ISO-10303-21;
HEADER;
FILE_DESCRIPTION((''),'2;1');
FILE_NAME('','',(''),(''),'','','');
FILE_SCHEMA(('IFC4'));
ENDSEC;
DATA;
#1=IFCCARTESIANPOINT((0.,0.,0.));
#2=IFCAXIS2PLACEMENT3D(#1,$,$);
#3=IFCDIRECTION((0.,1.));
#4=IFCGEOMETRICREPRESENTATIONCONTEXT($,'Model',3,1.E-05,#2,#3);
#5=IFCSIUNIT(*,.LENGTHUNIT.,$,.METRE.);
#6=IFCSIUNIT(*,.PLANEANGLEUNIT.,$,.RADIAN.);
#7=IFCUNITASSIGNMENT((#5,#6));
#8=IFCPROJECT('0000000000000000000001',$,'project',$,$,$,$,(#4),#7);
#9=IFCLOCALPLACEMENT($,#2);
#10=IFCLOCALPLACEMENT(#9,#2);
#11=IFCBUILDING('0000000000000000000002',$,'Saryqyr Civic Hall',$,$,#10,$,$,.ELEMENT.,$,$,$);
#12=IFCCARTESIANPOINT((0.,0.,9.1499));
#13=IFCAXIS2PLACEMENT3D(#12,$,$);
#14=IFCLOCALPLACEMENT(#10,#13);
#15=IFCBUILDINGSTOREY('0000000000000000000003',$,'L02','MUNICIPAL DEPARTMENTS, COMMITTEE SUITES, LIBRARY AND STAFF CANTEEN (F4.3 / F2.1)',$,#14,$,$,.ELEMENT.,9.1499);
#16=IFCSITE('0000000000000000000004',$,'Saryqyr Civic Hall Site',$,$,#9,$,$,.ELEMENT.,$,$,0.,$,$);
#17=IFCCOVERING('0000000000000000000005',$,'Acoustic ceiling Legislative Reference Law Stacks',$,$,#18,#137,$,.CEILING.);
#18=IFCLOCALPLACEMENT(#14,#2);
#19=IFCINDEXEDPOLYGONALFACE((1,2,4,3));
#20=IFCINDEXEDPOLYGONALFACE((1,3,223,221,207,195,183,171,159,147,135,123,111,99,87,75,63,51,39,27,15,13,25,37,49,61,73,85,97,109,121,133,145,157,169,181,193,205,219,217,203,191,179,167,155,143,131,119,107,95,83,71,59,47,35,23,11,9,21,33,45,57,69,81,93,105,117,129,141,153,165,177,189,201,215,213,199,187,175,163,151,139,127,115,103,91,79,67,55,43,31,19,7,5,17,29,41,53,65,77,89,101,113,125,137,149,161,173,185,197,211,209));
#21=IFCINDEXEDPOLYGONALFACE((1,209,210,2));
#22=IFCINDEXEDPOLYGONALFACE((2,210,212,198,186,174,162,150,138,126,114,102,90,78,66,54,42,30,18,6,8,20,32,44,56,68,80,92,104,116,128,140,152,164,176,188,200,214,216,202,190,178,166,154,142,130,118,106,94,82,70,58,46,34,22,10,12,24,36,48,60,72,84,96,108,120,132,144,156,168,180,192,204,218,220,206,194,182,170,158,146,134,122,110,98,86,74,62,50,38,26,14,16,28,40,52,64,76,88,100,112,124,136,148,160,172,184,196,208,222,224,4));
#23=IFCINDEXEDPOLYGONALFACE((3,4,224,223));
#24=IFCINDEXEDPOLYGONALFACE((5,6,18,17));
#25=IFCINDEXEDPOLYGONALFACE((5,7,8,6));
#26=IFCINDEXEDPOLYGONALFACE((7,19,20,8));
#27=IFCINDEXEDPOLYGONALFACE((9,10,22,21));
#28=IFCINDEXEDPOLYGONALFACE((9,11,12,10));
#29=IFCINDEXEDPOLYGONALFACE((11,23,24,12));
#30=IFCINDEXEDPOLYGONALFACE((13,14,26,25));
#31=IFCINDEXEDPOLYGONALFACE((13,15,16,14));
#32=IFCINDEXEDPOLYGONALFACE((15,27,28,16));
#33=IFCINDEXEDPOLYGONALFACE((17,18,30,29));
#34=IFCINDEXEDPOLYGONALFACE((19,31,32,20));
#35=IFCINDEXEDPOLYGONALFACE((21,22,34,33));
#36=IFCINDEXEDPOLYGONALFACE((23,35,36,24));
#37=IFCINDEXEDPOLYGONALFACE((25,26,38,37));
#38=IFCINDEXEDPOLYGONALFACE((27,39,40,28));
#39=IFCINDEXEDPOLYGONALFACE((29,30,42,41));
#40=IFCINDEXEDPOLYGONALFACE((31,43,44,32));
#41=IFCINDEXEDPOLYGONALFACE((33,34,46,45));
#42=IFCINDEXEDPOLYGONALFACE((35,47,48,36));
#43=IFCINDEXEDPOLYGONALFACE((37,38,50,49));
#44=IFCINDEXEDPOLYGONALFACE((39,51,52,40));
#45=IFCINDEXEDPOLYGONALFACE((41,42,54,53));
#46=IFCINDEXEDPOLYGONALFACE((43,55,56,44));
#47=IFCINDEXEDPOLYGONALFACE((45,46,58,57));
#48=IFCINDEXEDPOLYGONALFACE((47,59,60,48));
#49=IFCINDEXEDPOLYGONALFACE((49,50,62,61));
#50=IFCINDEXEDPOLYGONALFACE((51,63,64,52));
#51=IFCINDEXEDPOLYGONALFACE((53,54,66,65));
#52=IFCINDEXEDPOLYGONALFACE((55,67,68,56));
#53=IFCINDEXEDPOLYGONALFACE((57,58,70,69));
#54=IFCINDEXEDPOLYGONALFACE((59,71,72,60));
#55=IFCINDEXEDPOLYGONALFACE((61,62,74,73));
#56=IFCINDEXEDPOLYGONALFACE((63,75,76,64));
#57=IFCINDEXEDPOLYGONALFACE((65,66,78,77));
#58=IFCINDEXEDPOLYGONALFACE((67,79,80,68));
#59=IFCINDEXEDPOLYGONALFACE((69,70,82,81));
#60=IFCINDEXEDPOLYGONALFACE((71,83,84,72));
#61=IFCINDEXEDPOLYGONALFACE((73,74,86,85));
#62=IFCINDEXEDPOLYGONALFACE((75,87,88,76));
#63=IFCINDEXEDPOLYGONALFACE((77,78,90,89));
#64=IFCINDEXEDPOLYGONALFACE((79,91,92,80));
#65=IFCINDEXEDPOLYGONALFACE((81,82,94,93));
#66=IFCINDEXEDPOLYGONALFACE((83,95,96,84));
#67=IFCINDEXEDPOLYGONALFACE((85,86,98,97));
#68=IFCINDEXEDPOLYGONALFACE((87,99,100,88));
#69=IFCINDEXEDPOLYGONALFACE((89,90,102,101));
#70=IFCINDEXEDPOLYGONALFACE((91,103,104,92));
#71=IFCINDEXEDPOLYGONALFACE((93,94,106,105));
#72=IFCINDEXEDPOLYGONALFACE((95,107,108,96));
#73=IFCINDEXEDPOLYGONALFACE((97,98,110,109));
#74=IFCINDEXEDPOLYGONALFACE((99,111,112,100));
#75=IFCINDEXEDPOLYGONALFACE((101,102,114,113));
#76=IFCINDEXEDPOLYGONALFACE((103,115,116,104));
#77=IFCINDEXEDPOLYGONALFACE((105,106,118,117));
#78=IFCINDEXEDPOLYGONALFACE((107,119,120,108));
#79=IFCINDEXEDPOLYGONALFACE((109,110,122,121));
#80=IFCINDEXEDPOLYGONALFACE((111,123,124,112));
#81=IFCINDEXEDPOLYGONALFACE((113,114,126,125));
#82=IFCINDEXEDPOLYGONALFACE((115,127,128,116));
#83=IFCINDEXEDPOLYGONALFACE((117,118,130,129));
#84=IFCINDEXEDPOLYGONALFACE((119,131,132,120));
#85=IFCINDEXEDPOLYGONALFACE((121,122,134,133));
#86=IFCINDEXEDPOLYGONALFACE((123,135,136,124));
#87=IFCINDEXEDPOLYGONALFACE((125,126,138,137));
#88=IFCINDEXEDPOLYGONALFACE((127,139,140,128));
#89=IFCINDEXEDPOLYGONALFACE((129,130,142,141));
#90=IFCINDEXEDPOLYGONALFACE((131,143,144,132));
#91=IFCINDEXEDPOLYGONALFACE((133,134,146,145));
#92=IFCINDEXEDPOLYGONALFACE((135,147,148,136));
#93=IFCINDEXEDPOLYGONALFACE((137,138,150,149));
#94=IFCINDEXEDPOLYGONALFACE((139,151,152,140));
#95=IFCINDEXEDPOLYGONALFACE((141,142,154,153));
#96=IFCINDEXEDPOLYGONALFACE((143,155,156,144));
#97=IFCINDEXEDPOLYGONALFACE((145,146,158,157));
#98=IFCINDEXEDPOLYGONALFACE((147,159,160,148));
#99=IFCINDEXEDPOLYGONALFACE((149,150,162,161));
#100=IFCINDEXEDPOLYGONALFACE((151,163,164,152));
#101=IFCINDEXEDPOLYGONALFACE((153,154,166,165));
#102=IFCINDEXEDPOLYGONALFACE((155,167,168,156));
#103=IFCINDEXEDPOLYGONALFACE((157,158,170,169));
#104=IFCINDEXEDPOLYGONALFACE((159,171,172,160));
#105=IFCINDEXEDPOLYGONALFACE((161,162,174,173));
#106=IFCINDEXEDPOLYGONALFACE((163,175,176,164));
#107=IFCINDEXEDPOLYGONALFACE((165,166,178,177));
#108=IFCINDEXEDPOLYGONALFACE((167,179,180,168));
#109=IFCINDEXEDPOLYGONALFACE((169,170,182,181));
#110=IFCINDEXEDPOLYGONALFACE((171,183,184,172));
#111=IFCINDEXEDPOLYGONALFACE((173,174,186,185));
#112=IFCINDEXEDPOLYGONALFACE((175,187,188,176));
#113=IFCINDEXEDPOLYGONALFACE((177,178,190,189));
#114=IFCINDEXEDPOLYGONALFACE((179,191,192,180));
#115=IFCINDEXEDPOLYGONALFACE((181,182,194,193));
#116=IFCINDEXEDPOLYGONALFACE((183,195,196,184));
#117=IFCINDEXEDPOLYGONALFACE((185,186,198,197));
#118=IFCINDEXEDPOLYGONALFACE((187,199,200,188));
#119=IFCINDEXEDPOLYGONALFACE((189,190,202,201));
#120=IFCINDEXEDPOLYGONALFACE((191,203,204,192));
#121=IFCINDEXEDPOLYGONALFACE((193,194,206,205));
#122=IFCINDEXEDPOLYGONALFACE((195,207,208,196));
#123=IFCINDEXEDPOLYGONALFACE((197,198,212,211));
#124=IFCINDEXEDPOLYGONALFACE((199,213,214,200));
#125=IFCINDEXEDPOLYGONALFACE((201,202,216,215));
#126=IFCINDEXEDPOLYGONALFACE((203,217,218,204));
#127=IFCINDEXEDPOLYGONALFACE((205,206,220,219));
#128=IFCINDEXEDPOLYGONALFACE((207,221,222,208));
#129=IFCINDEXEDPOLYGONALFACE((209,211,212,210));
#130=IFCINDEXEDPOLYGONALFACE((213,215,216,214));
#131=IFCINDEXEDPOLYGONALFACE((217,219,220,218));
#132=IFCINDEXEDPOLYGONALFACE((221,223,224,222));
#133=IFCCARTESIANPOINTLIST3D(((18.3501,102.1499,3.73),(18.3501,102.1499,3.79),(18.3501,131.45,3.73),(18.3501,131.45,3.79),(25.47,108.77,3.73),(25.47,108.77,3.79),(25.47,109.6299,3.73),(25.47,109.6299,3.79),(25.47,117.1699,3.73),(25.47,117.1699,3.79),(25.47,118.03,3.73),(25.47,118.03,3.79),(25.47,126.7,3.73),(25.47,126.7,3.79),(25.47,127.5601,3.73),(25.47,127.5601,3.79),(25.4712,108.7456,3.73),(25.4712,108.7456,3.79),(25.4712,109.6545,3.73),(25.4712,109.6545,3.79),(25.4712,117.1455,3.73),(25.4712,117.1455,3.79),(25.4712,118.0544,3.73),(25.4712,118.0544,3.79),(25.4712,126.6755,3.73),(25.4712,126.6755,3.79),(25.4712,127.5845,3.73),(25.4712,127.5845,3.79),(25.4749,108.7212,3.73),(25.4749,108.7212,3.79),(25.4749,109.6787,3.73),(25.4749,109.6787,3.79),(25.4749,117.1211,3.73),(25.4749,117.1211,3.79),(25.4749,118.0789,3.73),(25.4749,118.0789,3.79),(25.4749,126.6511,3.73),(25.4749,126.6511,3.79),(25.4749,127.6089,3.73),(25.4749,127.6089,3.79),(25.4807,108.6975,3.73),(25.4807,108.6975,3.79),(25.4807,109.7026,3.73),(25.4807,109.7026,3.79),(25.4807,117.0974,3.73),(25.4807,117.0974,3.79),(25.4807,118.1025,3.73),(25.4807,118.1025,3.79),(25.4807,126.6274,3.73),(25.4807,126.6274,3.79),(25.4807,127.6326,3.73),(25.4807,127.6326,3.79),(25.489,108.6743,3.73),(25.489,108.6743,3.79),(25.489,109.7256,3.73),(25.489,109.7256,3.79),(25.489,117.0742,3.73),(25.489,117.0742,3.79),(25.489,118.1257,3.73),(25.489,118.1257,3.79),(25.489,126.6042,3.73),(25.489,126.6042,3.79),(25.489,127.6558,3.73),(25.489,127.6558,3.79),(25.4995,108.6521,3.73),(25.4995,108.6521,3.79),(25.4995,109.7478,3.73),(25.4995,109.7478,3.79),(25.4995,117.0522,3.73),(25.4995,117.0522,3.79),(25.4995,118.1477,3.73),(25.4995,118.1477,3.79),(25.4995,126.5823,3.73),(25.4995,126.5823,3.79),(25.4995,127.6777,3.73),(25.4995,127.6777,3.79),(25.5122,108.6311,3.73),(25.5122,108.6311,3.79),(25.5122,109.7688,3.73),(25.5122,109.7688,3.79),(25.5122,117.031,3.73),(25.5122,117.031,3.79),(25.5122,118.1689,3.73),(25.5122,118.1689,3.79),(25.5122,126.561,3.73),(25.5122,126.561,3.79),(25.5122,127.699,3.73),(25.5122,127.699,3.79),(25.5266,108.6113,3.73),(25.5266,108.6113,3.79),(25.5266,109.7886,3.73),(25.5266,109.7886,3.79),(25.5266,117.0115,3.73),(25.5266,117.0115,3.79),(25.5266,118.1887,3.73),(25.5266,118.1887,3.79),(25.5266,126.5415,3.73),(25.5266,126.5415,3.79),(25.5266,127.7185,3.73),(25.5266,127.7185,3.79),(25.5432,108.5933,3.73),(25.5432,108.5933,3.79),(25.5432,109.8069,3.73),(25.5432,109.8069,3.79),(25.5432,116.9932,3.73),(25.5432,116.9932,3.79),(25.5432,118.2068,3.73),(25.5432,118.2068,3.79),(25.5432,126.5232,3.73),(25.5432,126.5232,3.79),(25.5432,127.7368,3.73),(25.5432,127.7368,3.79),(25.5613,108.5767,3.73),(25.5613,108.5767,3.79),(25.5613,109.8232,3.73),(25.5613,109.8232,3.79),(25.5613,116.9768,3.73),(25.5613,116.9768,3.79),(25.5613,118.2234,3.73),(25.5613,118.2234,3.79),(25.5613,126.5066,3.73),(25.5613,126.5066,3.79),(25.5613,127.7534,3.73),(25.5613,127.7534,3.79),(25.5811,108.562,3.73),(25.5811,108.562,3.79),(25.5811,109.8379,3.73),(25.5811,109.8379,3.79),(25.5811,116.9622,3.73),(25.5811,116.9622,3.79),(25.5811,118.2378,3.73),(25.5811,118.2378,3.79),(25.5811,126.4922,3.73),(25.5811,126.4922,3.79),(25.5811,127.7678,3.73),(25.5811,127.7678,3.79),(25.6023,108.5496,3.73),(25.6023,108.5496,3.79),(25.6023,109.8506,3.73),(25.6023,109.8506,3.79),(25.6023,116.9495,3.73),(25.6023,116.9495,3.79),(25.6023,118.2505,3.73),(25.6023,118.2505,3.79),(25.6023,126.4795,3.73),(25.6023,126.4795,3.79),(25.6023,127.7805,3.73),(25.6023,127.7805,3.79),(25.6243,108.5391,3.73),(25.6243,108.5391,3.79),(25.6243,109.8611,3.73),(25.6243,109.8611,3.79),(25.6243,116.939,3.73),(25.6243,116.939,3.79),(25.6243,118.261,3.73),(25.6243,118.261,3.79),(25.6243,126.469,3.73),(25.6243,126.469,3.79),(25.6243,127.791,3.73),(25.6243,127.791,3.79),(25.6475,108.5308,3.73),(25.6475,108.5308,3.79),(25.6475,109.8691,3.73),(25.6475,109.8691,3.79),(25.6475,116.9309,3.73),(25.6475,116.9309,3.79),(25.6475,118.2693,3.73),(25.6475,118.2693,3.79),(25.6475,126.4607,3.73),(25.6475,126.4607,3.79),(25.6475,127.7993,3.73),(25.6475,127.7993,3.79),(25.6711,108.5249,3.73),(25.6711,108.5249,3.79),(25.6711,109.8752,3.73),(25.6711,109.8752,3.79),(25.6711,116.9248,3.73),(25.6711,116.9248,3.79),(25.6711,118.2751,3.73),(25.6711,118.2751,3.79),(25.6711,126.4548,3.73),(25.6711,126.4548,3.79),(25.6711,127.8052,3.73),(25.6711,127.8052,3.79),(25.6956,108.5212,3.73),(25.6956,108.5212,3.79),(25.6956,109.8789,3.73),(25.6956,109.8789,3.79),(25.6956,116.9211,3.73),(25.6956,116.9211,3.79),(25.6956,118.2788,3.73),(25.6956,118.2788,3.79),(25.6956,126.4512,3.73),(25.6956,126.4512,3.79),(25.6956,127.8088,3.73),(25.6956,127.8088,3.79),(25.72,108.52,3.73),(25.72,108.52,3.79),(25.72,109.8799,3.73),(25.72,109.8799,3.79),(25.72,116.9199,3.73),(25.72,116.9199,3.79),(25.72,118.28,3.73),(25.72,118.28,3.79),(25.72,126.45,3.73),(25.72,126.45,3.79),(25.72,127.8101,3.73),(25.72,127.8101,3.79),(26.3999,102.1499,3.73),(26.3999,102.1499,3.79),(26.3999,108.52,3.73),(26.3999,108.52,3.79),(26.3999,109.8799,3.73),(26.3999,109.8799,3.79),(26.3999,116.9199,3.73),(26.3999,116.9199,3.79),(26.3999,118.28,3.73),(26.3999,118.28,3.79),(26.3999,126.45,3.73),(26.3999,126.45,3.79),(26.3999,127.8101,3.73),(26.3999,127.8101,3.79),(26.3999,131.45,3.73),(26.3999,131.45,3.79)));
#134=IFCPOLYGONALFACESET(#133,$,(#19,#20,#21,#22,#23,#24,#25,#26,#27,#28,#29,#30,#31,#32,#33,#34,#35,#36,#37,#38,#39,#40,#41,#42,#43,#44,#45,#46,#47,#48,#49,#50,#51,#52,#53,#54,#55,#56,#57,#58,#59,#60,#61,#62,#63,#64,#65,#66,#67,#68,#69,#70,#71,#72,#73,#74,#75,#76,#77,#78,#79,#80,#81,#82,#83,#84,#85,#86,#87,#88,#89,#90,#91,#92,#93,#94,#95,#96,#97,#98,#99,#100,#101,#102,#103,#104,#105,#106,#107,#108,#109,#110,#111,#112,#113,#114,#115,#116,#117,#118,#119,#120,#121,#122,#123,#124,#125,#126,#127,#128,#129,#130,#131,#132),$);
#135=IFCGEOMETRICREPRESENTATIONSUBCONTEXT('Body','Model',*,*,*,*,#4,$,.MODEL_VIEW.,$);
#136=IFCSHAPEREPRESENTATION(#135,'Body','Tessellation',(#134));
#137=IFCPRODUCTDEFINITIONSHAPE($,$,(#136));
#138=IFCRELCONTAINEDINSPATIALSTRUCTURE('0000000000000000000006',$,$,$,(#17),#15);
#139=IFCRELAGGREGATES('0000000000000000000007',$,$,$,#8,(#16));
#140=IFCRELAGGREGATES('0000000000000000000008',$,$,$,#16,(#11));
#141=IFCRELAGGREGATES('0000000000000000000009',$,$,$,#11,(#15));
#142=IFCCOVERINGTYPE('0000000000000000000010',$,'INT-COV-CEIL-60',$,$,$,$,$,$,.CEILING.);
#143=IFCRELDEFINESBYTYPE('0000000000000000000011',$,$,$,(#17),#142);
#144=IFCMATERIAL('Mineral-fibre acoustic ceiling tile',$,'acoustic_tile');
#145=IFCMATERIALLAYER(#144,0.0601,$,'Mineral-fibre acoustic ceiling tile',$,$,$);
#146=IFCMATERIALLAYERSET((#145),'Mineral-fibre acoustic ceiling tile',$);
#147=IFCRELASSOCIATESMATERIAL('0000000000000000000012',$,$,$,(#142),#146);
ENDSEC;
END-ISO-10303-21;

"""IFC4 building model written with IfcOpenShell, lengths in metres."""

from ifc_helpers import new_model, si_unit, direction, frame, origin, place, context, subcontext, project, spatial, polyline, outline, extrude, material, layer, layer_set, type_object, element, save


model = new_model("IFC4")

# Units and contexts
model_context = context("Model", 3, precision=1e-05, world=origin(), true_north=direction((0.0, 1.0)))
body_context = subcontext(model_context, "Body", "Model", "MODEL_VIEW")
ifc_project = project(units=[si_unit("LENGTHUNIT", "METRE"), si_unit("PLANEANGLEUNIT", "RADIAN")], contexts=[model_context])

# Site, building, storey
site_placement = place(None, origin())
site = spatial("IfcSite", under=ifc_project, at=site_placement, Name="Saryqyr Civic Hall Site", CompositionType="ELEMENT", RefElevation=0.0)
building_placement = place(site_placement, origin())
building = spatial("IfcBuilding", under=site, at=building_placement, Name="Saryqyr Civic Hall", CompositionType="ELEMENT")
storey_placement = place(building_placement, frame((0.0, 0.0, 9.1499)))
storey = spatial("IfcBuildingStorey", under=building, at=storey_placement, Name="L02", Description="MUNICIPAL DEPARTMENTS, COMMITTEE SUITES, LIBRARY AND STAFF CANTEEN (F4.3 / F2.1)", CompositionType="ELEMENT", Elevation=9.1499)

# Covering
ifc_material_1 = material(Name="Mineral-fibre acoustic ceiling tile", Category="acoustic_tile")
ifc_layer_1 = layer(ifc_material_1, 0.0601, Name="Mineral-fibre acoustic ceiling tile")
ifc_layer_set_1 = layer_set([ifc_layer_1], Name="Mineral-fibre acoustic ceiling tile")
covering_type = type_object("IfcCoveringType", Name="INT-COV-CEIL-60", PredefinedType="CEILING", material=ifc_layer_set_1)
covering_1_placement = place(storey_placement, frame((0.0, 0.0, 3.73)))
element("IfcCovering", 1, at=covering_1_placement, inside=storey, type_object=covering_type, Name="Acoustic ceiling Legislative Reference Law Stacks", PredefinedType="CEILING", context=body_context, shape_type="SweptSolid", body=[
    extrude(outline(polyline([(18.3501, 102.1499), (18.3501, 131.45), (26.3999, 131.45), (26.3999, 127.8101), (25.72, 127.8101), (25.6956, 127.8088), (25.6711, 127.8052), (25.6475, 127.7993), (25.6243, 127.791), (25.6023, 127.7805), (25.5811, 127.7678), (25.5613, 127.7534), (25.5432, 127.7368), (25.5266, 127.7185), (25.5122, 127.699), (25.4995, 127.6777), (25.489, 127.6558), (25.4807, 127.6326), (25.4749, 127.6089), (25.4712, 127.5845), (25.47, 127.5601), (25.47, 126.7), (25.4712, 126.6755), (25.4749, 126.6511), (25.4807, 126.6274), (25.489, 126.6042), (25.4995, 126.5823), (25.5122, 126.561), (25.5266, 126.5415), (25.5432, 126.5232), (25.5613, 126.5066), (25.5811, 126.4922), (25.6023, 126.4795), (25.6243, 126.469), (25.6475, 126.4607), (25.6711, 126.4548), (25.6956, 126.4512), (25.72, 126.45), (26.3999, 126.45), (26.3999, 118.28), (25.72, 118.28), (25.6956, 118.2788), (25.6711, 118.2751), (25.6475, 118.2693), (25.6243, 118.261), (25.6023, 118.2505), (25.5811, 118.2378), (25.5613, 118.2234), (25.5432, 118.2068), (25.5266, 118.1887), (25.5122, 118.1689), (25.4995, 118.1477), (25.489, 118.1257), (25.4807, 118.1025), (25.4749, 118.0789), (25.4712, 118.0544), (25.47, 118.03), (25.47, 117.1699), (25.4712, 117.1455), (25.4749, 117.1211), (25.4807, 117.0974), (25.489, 117.0742), (25.4995, 117.0522), (25.5122, 117.031), (25.5266, 117.0115), (25.5432, 116.9932), (25.5613, 116.9768), (25.5811, 116.9622), (25.6023, 116.9495), (25.6243, 116.939), (25.6475, 116.9309), (25.6711, 116.9248), (25.6956, 116.9211), (25.72, 116.9199), (26.3999, 116.9199), (26.3999, 109.8799), (25.72, 109.8799), (25.6956, 109.8789), (25.6711, 109.8752), (25.6475, 109.8691), (25.6243, 109.8611), (25.6023, 109.8506), (25.5811, 109.8379), (25.5613, 109.8232), (25.5432, 109.8069), (25.5266, 109.7886), (25.5122, 109.7688), (25.4995, 109.7478), (25.489, 109.7256), (25.4807, 109.7026), (25.4749, 109.6787), (25.4712, 109.6545), (25.47, 109.6299), (25.47, 108.77), (25.4712, 108.7456), (25.4749, 108.7212), (25.4807, 108.6975), (25.489, 108.6743), (25.4995, 108.6521), (25.5122, 108.6311), (25.5266, 108.6113), (25.5432, 108.5933), (25.5613, 108.5767), (25.5811, 108.562), (25.6023, 108.5496), (25.6243, 108.5391), (25.6475, 108.5308), (25.6711, 108.5249), (25.6956, 108.5212), (25.72, 108.52), (26.3999, 108.52), (26.3999, 102.1499), (18.3501, 102.1499)])), origin(), (0.0, 0.0, 1.0), 0.0601),
])

save(model, "model.ifc")
